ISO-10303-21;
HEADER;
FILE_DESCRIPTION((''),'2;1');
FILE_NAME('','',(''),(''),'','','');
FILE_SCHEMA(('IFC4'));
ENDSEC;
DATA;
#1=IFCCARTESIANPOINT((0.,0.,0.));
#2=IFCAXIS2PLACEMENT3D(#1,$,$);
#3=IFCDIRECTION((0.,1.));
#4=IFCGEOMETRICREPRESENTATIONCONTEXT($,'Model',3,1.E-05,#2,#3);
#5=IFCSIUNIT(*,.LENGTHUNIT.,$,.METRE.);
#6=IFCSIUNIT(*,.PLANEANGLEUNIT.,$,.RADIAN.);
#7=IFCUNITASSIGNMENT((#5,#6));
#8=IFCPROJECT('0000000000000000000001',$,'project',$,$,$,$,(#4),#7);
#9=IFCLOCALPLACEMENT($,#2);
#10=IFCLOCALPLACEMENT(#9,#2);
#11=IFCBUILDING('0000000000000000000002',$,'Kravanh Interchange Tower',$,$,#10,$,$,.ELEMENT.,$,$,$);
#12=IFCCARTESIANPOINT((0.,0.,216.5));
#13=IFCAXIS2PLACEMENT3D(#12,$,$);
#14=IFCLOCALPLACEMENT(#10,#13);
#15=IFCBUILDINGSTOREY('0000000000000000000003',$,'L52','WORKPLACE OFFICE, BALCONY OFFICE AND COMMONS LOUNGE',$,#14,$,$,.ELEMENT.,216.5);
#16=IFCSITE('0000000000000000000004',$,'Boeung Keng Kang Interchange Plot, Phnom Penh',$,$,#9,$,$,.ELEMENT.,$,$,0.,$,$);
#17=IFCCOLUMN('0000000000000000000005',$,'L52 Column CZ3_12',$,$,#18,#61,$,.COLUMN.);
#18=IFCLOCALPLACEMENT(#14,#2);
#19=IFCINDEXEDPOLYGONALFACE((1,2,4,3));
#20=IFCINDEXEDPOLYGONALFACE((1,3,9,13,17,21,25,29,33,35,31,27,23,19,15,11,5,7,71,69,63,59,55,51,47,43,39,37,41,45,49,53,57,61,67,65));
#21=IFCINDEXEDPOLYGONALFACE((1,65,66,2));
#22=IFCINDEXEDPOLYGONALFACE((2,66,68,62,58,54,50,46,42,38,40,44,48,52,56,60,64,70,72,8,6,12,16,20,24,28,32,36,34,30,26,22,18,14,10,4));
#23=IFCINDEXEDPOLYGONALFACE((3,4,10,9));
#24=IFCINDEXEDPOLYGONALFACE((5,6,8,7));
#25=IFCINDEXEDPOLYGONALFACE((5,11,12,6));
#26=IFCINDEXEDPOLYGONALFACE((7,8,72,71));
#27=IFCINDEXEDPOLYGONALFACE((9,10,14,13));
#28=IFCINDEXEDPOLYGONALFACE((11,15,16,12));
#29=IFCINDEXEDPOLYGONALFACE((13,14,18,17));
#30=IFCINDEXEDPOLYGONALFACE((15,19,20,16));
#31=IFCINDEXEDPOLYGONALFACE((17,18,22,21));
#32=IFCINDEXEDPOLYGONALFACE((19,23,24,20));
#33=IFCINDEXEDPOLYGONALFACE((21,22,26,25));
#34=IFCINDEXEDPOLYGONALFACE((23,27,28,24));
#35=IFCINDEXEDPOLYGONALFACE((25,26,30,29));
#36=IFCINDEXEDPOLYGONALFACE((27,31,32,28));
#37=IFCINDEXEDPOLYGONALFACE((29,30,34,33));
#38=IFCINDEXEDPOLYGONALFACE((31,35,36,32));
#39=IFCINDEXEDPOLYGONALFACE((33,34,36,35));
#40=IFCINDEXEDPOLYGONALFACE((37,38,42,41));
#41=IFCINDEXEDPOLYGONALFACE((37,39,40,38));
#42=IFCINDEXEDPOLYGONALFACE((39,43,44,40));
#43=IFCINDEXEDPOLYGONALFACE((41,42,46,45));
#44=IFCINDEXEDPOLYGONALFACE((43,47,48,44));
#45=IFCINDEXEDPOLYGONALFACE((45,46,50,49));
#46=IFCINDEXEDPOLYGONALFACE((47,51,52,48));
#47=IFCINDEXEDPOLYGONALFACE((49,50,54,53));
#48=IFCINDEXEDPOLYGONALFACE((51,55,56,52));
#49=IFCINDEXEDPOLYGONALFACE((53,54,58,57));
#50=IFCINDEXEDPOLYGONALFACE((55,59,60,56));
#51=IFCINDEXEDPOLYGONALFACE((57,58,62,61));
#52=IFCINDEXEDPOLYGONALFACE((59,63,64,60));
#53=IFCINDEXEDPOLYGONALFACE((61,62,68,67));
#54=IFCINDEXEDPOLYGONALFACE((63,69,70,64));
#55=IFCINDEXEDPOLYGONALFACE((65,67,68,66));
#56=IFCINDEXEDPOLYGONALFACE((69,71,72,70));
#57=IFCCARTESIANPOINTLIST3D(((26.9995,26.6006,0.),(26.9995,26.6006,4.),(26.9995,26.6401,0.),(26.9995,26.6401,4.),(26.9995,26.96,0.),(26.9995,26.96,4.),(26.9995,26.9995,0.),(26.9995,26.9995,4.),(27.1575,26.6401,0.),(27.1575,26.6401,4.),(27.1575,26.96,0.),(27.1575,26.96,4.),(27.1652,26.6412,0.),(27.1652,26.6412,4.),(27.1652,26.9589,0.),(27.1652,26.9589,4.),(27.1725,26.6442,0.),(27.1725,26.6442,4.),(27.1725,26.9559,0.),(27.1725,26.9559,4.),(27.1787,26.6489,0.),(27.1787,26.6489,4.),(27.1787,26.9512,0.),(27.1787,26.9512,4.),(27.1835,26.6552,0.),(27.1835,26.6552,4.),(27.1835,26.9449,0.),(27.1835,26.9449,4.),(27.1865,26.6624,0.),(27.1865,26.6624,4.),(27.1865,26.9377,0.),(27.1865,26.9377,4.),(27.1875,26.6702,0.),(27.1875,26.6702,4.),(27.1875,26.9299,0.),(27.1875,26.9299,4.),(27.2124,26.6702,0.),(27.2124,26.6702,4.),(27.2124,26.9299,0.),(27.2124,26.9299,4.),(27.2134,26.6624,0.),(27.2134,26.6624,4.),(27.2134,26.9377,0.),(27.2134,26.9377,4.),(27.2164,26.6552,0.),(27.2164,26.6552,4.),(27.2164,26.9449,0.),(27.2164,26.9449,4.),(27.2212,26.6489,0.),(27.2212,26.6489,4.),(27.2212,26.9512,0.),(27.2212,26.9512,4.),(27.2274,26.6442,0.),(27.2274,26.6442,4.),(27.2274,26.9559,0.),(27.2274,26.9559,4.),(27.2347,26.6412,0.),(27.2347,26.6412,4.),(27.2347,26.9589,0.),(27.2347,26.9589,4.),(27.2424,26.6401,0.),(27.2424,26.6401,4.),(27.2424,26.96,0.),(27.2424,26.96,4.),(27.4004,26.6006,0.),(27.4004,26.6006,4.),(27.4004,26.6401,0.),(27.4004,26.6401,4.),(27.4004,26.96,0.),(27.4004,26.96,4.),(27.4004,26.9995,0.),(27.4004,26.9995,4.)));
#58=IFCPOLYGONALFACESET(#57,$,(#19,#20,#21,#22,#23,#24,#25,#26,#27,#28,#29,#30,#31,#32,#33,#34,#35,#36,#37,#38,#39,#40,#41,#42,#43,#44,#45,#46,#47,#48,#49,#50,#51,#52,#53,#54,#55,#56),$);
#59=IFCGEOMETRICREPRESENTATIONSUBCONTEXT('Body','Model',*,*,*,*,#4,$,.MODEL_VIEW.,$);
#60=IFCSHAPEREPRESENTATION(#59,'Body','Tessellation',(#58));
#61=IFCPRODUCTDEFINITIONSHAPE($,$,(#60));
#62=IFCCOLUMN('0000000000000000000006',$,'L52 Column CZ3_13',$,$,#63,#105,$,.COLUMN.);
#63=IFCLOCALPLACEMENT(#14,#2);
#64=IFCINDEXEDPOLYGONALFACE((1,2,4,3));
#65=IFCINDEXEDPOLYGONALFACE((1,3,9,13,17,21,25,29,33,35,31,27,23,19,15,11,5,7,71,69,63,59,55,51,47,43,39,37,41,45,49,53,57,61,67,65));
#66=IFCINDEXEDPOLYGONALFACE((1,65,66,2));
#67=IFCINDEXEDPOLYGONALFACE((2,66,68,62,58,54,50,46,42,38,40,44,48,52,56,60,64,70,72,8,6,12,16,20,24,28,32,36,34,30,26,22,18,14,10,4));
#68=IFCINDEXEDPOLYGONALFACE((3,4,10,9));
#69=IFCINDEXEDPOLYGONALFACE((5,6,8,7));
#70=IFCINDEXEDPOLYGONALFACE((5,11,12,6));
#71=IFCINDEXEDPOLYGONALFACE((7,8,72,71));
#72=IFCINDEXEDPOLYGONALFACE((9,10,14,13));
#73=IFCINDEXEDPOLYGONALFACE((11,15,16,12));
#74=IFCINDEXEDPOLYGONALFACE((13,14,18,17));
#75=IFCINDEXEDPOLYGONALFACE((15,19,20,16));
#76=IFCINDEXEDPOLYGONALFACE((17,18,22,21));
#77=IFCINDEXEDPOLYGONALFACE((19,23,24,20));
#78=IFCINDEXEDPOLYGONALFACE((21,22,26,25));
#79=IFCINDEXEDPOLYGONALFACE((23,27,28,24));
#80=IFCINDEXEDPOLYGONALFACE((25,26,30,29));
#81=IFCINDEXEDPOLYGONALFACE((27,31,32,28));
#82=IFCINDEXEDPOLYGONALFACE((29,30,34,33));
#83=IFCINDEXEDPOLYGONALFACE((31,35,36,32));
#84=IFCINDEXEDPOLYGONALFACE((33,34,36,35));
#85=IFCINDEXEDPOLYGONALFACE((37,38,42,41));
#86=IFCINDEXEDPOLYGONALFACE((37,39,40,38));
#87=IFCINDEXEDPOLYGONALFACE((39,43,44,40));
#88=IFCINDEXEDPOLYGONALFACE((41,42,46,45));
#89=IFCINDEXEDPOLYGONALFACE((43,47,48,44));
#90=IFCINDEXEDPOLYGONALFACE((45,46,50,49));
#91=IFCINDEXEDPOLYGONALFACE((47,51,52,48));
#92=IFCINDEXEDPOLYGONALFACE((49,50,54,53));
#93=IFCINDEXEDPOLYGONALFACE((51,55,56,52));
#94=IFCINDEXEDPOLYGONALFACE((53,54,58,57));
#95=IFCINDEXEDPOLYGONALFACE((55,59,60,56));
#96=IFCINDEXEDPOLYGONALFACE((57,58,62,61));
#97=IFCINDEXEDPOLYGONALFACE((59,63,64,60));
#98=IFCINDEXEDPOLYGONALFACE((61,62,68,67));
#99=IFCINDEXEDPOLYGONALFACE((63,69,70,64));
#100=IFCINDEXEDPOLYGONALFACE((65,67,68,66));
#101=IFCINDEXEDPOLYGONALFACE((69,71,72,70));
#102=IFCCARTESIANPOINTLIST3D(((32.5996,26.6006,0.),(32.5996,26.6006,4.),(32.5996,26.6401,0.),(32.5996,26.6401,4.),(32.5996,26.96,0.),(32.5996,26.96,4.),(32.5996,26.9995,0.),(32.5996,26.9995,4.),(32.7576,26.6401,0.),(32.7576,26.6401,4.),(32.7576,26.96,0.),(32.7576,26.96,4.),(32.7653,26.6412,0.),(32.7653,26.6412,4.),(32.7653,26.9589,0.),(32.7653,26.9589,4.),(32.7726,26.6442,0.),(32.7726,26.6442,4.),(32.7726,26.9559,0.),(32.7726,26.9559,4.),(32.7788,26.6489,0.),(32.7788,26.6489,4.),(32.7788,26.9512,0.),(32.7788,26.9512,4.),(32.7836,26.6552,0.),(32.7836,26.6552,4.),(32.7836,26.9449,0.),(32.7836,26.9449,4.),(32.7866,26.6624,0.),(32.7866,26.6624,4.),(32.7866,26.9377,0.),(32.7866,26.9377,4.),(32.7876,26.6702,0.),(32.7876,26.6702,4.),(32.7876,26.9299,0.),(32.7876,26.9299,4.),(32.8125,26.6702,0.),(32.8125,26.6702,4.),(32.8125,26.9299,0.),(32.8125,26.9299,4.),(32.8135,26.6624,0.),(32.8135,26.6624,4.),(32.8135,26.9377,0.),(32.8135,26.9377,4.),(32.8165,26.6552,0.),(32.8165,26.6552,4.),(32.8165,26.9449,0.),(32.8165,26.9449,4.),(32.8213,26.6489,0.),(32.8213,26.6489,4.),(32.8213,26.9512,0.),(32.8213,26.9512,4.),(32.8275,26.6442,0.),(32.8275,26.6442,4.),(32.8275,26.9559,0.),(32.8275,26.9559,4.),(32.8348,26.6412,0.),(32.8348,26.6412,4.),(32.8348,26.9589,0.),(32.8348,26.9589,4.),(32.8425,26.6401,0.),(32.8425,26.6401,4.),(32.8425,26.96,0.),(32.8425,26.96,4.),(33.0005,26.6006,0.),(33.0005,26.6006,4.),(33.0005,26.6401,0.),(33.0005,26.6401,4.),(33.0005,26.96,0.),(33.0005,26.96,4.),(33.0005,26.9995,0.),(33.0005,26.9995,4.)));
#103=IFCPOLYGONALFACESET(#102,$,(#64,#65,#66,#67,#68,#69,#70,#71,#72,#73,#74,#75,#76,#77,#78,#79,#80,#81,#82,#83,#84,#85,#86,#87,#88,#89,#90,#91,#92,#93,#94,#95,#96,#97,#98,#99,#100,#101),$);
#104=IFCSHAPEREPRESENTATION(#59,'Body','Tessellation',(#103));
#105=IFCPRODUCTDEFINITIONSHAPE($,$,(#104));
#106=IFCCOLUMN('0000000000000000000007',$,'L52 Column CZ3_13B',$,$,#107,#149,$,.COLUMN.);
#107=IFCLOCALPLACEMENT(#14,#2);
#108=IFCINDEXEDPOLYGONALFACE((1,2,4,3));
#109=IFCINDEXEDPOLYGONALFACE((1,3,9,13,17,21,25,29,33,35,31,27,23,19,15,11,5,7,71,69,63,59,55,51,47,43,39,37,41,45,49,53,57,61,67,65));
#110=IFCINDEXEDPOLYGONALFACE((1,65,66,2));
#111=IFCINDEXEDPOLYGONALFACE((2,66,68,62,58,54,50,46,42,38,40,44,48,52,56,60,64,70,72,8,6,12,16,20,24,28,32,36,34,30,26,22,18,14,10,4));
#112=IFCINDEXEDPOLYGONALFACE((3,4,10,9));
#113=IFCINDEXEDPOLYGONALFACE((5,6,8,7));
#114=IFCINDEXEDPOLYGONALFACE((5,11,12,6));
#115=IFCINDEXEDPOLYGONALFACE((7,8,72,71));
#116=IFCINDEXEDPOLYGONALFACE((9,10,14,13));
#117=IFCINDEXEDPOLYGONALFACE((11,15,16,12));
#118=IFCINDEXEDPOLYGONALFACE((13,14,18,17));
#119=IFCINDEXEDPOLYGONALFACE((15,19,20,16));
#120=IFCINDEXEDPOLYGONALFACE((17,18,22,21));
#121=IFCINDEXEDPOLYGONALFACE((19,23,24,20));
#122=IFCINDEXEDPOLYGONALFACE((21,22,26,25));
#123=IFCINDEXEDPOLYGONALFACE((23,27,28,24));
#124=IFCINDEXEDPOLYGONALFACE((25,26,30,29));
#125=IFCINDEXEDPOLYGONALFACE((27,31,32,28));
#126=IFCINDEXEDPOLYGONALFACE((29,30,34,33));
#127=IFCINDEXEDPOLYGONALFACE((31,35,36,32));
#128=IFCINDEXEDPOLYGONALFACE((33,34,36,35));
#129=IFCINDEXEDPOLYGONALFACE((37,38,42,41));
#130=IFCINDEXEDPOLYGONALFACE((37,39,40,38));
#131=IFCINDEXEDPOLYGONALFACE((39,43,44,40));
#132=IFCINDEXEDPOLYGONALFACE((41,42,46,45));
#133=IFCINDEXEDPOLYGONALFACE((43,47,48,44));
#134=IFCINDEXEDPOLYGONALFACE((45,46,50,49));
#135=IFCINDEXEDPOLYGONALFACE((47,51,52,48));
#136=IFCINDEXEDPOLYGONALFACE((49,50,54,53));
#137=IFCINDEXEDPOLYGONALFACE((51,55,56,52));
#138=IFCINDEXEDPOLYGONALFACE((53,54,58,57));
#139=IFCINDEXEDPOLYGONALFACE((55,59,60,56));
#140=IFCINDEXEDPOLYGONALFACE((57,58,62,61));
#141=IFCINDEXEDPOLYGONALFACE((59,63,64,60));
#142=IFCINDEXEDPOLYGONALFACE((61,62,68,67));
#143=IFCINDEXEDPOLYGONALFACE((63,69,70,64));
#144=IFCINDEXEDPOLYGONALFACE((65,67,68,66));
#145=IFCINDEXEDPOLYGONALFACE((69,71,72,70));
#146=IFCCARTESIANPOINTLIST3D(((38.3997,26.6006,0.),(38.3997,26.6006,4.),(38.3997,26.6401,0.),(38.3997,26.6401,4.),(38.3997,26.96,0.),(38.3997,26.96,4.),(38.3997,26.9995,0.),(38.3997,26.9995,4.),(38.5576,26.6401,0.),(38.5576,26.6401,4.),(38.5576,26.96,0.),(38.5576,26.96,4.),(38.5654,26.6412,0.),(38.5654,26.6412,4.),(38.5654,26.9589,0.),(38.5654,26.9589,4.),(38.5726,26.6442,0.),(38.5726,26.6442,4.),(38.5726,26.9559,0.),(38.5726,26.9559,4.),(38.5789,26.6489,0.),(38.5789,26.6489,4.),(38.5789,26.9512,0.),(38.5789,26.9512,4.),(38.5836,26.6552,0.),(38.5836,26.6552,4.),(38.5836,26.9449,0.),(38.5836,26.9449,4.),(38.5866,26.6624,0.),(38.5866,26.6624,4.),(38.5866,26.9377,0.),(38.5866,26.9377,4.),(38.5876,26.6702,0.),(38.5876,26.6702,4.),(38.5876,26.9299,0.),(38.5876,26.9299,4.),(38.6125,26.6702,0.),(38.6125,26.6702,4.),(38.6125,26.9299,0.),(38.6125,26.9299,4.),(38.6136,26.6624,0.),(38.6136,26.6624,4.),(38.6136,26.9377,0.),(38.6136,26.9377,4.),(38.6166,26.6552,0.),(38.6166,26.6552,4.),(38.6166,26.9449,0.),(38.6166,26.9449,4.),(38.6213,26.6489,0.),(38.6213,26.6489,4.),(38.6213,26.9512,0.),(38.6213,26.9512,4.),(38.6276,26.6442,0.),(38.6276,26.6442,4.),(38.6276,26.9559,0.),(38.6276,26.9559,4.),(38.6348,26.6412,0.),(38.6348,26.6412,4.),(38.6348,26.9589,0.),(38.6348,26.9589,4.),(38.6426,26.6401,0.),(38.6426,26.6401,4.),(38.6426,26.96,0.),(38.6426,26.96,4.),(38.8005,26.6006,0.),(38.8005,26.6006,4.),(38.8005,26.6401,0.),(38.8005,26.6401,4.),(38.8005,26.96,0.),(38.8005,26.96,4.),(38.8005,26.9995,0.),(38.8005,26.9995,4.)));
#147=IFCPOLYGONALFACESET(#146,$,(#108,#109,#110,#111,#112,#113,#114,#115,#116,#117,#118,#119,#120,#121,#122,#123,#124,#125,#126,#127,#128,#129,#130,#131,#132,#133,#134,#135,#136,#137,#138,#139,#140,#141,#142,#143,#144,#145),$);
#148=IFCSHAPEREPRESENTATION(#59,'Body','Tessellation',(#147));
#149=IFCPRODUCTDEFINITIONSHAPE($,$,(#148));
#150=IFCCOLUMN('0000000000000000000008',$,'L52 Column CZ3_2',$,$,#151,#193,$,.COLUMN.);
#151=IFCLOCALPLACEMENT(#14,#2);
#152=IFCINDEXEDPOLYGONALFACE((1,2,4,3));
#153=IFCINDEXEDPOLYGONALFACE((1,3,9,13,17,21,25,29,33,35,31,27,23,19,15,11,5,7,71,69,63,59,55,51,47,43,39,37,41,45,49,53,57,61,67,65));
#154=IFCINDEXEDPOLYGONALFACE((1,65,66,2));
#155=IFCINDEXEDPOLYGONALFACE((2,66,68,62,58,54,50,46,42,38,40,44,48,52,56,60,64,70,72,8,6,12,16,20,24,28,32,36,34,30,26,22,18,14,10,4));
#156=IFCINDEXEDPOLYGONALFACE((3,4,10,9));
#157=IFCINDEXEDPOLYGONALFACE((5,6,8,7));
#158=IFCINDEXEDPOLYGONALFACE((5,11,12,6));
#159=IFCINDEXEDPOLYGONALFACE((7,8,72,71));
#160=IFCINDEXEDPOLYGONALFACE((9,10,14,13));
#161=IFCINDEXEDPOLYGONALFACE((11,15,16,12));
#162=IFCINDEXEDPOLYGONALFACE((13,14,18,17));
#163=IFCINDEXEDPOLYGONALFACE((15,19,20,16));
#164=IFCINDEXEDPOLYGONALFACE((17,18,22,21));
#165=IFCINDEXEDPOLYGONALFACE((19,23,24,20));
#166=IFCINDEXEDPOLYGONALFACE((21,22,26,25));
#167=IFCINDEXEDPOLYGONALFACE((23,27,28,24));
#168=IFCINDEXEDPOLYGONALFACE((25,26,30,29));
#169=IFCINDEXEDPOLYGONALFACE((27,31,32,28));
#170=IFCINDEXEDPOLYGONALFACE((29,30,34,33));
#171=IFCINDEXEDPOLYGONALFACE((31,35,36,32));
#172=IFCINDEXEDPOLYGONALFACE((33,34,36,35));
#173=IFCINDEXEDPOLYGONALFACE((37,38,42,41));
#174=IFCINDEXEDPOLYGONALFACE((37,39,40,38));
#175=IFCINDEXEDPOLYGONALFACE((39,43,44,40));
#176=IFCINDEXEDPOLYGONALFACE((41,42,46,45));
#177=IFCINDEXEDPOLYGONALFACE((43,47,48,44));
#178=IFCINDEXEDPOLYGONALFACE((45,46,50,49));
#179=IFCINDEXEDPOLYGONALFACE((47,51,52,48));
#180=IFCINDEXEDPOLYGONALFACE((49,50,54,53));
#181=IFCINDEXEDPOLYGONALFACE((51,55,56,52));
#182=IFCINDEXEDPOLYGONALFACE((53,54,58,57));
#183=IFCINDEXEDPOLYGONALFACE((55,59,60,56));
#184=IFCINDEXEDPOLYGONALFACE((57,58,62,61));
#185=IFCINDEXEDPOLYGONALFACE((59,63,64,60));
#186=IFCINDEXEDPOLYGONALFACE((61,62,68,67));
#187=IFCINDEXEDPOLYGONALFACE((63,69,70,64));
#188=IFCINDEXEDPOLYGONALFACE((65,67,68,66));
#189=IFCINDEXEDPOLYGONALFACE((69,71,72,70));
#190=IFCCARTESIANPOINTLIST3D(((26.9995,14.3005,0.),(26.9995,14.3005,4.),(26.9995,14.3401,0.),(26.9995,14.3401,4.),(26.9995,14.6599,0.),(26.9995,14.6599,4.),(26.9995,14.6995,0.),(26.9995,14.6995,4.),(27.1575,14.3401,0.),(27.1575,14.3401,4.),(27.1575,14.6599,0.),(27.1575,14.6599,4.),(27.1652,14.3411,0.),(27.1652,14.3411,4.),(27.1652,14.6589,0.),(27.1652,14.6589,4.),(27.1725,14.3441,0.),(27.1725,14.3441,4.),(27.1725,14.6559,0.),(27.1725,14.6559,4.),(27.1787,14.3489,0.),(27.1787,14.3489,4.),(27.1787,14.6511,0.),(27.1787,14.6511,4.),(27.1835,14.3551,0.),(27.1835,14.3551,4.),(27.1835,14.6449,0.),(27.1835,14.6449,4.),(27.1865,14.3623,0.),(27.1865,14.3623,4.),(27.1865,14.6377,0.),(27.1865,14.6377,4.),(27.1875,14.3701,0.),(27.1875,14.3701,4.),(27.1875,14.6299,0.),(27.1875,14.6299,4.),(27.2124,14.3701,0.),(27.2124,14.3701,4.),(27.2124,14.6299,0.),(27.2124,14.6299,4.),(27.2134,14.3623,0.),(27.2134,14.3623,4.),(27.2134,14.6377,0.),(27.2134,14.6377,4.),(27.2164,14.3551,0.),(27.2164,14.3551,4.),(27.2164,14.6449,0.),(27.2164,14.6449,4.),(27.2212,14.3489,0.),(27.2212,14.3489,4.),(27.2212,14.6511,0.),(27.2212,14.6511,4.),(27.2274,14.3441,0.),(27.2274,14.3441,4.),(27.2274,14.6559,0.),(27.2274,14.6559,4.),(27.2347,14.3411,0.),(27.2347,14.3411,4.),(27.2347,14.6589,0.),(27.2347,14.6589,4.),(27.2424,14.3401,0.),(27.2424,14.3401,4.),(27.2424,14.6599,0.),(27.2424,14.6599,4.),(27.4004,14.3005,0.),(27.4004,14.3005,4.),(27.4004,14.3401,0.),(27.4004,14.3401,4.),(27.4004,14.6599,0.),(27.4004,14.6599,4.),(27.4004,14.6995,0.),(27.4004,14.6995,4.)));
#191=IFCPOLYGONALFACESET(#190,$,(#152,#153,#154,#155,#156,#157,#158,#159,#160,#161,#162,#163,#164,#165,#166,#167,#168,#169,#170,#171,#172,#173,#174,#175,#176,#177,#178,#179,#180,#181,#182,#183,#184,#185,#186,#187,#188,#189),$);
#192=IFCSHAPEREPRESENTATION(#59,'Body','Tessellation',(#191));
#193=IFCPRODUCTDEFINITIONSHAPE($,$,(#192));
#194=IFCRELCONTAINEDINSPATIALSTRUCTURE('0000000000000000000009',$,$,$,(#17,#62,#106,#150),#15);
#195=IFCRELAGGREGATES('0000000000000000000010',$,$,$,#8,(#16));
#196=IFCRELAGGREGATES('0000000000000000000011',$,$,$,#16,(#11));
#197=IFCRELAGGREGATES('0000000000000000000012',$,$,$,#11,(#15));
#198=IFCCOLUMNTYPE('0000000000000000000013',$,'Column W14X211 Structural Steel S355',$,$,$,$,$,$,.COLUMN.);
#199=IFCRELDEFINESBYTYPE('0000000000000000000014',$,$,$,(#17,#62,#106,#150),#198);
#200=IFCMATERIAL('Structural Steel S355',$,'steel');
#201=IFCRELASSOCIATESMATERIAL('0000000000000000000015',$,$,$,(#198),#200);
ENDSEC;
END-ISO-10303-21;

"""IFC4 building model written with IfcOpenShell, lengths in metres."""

from ifc_helpers import new_model, si_unit, direction, frame, origin, origin_2d, place, context, subcontext, project, spatial, i_section, extrude, material, material_profile, profile_set, type_object, element, save


model = new_model("IFC4")

# Units and contexts
model_context = context("Model", 3, precision=1e-05, world=origin(), true_north=direction((0.0, 1.0)))
body_context = subcontext(model_context, "Body", "Model", "MODEL_VIEW")
ifc_project = project(units=[si_unit("LENGTHUNIT", "METRE"), si_unit("PLANEANGLEUNIT", "RADIAN")], contexts=[model_context])

# Site, building, storey
site_placement = place(None, origin())
site = spatial("IfcSite", under=ifc_project, at=site_placement, Name="Boeung Keng Kang Interchange Plot, Phnom Penh", CompositionType="ELEMENT", RefElevation=0.0)
building_placement = place(site_placement, origin())
building = spatial("IfcBuilding", under=site, at=building_placement, Name="Kravanh Interchange Tower", CompositionType="ELEMENT")
storey_placement = place(building_placement, frame((0.0, 0.0, 216.5)))
storey = spatial("IfcBuildingStorey", under=building, at=storey_placement, Name="L52", Description="WORKPLACE OFFICE, BALCONY OFFICE AND COMMONS LOUNGE", CompositionType="ELEMENT", Elevation=216.5)

# Columns
ifc_material_1 = material(Name="Structural Steel S355", Category="steel")
ifc_material_profile_1 = material_profile(ifc_material_1, i_section(OverallWidth=0.4009, OverallDepth=0.3989, WebThickness=0.0249, FlangeThickness=0.0396, FilletRadius=0.03, at=origin_2d()), Name="W14X211")
ifc_profile_set_1 = profile_set([ifc_material_profile_1], Name="Structural Steel S355")
column_type = type_object("IfcColumnType", Name="Column W14X211 Structural Steel S355", PredefinedType="COLUMN", material=ifc_profile_set_1)
for number, where, z_axis, x_axis, name in (
    (1, (27.2, 26.8, 0.0), (0.0, 0.0, 1.0), (1.0, 0.0, 0.0), "L52 Column CZ3_12"),
    (2, (32.8, 26.8, 0.0), (0.0, 0.0, 1.0), (1.0, 0.0, 0.0), "L52 Column CZ3_13"),
    (3, (38.6001, 26.8, 0.0), (0.0, 0.0, 1.0), (1.0, 0.0, 0.0), "L52 Column CZ3_13B"),
    (4, (27.2, 14.5, 0.0), (0.0, 0.0, 1.0), (1.0, 0.0, 0.0), "L52 Column CZ3_2"),
):
    element("IfcColumn", number, at=place(storey_placement, frame(where, z_axis=z_axis, x_axis=x_axis)), inside=storey, type_object=column_type, Name=name, PredefinedType="COLUMN", context=body_context, shape_type="SweptSolid", body=[
        extrude(i_section(OverallWidth=0.4009, OverallDepth=0.3989, WebThickness=0.0249, FlangeThickness=0.0396, FilletRadius=0.03, at=origin_2d()), origin(), (0.0, 0.0, 1.0), 4.0),
    ])

save(model, "model.ifc")
